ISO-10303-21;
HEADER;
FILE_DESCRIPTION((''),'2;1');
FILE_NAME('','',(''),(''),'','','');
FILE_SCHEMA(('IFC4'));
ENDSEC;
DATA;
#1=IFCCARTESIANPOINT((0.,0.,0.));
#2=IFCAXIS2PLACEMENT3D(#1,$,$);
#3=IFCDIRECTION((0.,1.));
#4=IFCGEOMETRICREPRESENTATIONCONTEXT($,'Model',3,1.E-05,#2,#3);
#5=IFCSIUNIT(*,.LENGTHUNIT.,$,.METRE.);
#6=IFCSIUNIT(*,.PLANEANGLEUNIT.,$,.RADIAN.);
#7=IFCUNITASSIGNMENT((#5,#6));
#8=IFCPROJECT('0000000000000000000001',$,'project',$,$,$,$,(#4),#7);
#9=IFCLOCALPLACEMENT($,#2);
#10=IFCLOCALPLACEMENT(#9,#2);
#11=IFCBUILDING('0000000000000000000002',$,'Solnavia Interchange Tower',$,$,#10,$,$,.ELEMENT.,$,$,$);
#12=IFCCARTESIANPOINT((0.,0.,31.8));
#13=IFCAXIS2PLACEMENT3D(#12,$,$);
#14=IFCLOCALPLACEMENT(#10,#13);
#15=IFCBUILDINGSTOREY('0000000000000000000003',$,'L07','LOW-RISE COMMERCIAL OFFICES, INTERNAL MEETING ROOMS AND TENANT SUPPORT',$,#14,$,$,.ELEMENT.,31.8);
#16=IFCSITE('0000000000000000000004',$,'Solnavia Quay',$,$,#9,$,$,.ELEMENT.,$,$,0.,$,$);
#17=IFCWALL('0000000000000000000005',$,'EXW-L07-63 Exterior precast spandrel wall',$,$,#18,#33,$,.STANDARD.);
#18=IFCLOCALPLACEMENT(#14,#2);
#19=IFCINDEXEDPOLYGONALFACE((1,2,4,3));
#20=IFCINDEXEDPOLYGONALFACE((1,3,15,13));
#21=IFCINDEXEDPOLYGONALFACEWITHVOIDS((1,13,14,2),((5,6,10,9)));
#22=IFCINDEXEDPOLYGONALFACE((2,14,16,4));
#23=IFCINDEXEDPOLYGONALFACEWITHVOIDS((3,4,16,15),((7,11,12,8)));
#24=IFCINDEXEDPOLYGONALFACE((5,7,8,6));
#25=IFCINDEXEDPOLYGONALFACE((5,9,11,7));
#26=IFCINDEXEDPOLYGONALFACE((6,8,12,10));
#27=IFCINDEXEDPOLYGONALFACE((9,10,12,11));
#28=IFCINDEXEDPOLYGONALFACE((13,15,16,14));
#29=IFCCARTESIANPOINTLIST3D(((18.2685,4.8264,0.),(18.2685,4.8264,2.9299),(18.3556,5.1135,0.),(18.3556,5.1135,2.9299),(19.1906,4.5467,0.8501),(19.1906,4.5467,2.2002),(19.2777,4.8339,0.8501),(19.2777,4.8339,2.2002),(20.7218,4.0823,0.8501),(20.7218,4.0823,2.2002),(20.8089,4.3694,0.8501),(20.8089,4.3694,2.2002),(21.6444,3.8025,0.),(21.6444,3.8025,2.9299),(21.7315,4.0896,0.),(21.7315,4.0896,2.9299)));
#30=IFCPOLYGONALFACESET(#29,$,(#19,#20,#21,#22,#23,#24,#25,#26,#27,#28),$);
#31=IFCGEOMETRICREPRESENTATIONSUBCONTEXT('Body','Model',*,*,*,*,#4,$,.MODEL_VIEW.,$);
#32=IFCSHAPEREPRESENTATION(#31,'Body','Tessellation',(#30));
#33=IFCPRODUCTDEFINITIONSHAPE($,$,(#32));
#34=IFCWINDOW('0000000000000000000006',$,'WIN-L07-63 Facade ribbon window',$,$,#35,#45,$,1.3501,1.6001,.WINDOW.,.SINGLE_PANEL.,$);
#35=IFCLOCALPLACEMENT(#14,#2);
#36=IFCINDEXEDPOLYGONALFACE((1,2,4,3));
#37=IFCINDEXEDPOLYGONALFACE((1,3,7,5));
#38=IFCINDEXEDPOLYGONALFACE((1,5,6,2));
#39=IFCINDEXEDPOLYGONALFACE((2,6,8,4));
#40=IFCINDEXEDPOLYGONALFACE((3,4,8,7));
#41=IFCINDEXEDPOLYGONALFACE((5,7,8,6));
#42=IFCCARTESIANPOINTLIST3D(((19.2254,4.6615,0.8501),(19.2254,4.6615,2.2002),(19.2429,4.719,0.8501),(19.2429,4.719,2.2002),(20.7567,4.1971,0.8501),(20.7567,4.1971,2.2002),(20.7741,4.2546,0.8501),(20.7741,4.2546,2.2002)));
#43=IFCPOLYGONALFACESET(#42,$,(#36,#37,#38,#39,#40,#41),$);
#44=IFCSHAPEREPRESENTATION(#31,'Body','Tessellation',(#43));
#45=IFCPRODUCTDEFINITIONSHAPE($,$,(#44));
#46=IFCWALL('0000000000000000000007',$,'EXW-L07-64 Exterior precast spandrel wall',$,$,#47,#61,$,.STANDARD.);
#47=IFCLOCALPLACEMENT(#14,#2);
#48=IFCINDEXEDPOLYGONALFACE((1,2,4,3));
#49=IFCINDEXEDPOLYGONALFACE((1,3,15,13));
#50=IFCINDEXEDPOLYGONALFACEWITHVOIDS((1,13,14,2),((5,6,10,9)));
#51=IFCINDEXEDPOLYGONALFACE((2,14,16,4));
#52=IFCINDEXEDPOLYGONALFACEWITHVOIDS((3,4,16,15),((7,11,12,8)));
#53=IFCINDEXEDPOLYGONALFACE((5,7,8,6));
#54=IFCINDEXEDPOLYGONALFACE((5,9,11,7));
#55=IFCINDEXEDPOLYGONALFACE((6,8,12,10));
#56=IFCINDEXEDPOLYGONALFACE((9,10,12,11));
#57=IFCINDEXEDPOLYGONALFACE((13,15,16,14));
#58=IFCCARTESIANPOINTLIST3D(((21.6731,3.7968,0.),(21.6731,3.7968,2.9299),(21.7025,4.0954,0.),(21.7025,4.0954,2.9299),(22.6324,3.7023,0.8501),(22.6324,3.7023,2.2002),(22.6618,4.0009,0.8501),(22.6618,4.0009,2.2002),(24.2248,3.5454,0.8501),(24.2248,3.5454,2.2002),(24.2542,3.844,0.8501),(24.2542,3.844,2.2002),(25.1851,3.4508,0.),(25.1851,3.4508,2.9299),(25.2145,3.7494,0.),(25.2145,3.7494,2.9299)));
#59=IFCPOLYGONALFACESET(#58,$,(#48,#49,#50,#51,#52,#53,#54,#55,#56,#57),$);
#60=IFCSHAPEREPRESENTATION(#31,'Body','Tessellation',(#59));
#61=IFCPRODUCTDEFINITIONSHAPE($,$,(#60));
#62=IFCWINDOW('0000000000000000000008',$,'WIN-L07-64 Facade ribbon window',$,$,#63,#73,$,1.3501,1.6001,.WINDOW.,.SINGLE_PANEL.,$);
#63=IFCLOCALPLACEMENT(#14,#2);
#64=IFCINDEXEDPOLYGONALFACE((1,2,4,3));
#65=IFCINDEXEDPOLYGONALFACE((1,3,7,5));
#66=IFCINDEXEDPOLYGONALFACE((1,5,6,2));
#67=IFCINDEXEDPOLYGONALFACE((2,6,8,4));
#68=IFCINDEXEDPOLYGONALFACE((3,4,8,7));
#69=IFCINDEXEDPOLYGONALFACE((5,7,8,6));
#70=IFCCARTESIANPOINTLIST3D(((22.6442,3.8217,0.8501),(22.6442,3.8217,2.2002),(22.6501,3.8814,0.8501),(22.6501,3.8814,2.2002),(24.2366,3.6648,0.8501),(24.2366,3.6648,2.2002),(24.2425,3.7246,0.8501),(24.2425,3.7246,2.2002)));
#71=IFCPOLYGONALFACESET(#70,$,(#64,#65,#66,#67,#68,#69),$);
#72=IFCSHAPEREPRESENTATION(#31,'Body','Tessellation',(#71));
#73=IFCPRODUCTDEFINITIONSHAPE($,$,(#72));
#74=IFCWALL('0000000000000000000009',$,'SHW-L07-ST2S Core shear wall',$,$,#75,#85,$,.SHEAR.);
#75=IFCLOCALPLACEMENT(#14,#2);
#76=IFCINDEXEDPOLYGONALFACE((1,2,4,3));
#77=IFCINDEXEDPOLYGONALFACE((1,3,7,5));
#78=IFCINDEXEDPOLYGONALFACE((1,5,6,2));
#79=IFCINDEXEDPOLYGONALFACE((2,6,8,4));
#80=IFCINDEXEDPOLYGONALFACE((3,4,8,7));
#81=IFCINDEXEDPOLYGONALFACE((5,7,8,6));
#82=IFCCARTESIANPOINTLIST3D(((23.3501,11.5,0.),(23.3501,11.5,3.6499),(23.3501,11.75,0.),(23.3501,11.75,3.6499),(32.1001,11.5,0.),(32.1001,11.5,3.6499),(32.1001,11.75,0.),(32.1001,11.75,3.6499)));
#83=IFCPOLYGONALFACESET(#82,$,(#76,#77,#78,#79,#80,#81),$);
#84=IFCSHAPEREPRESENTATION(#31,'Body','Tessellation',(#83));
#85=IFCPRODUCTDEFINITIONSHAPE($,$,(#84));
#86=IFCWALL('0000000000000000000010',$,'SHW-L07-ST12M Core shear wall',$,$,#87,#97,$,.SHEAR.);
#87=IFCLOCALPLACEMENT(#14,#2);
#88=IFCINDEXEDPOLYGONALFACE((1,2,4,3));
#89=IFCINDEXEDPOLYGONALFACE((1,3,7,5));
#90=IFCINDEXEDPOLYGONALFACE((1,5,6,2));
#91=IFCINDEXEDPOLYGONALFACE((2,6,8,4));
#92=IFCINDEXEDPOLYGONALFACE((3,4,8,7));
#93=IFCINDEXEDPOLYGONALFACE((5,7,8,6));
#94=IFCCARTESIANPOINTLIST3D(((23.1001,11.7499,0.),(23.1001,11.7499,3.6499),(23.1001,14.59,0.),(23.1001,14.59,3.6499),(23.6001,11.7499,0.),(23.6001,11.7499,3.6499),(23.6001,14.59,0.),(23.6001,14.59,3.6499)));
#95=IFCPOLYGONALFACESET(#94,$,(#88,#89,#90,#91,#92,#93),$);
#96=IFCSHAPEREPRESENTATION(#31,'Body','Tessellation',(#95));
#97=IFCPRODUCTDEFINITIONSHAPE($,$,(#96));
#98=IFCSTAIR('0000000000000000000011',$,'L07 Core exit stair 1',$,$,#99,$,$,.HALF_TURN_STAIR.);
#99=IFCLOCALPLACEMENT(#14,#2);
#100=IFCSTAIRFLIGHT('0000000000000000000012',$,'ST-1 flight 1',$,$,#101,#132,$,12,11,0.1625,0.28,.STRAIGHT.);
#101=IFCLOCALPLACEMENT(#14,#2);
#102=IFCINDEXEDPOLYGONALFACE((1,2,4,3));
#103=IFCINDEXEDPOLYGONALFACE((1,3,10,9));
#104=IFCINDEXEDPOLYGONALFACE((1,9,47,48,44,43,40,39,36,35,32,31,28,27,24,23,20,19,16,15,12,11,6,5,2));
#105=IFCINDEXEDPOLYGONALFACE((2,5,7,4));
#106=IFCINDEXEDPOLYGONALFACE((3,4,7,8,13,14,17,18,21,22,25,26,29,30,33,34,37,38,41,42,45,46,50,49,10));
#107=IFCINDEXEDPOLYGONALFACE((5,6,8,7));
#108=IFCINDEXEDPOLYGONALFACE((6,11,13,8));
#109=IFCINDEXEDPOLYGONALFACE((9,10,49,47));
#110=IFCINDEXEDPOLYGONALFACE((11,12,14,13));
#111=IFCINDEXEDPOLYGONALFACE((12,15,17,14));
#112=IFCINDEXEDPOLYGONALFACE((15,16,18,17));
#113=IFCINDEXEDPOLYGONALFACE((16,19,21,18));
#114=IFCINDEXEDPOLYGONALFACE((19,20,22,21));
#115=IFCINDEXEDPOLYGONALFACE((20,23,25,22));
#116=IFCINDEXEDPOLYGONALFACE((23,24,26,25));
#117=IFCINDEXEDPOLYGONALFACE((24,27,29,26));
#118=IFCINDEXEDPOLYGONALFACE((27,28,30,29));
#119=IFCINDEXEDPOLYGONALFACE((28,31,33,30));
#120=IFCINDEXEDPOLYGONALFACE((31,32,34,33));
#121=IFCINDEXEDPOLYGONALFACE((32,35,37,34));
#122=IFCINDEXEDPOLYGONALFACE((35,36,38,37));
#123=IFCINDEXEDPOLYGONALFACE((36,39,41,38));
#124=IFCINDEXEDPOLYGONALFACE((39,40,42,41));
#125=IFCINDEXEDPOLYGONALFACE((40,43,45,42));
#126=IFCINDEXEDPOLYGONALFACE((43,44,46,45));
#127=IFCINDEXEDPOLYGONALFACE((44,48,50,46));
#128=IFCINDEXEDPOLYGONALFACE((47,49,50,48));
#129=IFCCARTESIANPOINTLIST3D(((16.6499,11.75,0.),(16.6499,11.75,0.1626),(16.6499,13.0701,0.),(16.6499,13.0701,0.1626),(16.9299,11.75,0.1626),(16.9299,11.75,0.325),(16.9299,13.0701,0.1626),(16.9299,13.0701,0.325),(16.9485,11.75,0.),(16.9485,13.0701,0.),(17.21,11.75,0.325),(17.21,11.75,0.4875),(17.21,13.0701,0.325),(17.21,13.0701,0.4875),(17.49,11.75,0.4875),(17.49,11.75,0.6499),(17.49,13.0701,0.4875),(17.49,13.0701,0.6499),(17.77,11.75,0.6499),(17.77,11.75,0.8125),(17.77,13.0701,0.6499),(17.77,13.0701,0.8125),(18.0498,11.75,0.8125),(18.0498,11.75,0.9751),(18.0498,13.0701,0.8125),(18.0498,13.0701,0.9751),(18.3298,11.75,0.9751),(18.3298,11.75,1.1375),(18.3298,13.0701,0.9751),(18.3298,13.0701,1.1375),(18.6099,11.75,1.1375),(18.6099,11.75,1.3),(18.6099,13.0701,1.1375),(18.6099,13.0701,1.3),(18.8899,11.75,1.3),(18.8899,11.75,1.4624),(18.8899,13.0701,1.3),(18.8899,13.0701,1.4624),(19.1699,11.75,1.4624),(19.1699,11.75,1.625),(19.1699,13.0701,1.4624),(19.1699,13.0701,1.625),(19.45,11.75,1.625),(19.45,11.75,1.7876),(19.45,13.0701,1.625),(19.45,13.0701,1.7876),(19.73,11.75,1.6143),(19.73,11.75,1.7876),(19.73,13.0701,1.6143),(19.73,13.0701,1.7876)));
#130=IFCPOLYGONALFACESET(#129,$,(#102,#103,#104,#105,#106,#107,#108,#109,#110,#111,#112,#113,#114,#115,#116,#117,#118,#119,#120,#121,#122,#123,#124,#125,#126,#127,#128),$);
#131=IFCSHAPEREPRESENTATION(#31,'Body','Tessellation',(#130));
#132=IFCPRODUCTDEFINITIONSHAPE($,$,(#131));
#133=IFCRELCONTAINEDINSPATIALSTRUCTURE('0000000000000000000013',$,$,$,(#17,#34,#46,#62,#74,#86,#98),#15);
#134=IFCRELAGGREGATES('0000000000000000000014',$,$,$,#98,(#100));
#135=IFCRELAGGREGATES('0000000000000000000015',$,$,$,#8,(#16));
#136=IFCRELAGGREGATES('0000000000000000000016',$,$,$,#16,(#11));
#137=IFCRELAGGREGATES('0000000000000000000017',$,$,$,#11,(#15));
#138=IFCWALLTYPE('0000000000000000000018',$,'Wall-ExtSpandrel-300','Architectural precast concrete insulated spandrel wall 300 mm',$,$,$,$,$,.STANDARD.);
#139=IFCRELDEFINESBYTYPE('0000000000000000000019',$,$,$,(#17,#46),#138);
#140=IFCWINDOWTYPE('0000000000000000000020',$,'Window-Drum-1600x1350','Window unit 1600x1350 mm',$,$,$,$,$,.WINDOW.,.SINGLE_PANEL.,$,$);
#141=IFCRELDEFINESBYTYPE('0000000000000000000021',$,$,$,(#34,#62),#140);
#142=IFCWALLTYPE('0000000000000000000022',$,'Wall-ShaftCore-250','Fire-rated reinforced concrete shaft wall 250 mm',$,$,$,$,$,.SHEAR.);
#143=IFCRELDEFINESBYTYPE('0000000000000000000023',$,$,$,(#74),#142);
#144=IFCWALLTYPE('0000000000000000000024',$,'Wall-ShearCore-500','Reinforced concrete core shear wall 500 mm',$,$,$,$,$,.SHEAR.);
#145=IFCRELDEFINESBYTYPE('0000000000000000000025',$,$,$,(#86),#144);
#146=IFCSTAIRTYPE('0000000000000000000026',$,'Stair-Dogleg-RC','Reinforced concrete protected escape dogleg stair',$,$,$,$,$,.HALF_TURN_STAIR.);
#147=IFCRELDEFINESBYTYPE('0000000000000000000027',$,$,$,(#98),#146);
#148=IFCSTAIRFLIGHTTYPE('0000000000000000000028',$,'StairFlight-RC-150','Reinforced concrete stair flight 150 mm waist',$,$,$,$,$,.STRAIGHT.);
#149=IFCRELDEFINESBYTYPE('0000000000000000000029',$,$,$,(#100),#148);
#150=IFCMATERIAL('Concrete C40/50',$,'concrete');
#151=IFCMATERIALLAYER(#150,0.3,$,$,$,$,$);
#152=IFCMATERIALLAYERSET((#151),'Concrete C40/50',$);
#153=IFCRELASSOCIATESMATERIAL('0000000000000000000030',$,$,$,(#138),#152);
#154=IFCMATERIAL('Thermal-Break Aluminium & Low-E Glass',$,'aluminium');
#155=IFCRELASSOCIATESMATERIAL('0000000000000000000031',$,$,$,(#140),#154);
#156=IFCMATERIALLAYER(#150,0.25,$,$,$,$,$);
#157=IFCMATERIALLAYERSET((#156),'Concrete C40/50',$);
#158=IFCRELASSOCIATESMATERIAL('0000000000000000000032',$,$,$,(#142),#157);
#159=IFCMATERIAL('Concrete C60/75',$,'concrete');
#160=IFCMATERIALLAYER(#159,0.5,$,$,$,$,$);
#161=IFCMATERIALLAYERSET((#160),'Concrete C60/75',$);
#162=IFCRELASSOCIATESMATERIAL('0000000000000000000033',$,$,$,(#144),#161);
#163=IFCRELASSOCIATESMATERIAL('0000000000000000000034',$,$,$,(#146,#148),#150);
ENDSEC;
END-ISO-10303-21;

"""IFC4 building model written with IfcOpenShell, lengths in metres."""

from ifc_helpers import new_model, si_unit, direction, frame, frame_2d, origin, place, context, subcontext, project, spatial, polyline, rectangle, outline, extrude, material, layer, layer_set, type_object, element, fill, aggregate, save


model = new_model("IFC4")

# Units and contexts
model_context = context("Model", 3, precision=1e-05, world=origin(), true_north=direction((0.0, 1.0)))
body_context = subcontext(model_context, "Body", "Model", "MODEL_VIEW")
ifc_project = project(units=[si_unit("LENGTHUNIT", "METRE"), si_unit("PLANEANGLEUNIT", "RADIAN")], contexts=[model_context])

# Site, building, storey
site_placement = place(None, origin())
site = spatial("IfcSite", under=ifc_project, at=site_placement, Name="Solnavia Quay", CompositionType="ELEMENT", RefElevation=0.0)
building_placement = place(site_placement, origin())
building = spatial("IfcBuilding", under=site, at=building_placement, Name="Solnavia Interchange Tower", CompositionType="ELEMENT")
storey_placement = place(building_placement, frame((0.0, 0.0, 31.8)))
storey = spatial("IfcBuildingStorey", under=building, at=storey_placement, Name="L07", Description="LOW-RISE COMMERCIAL OFFICES, INTERNAL MEETING ROOMS AND TENANT SUPPORT", CompositionType="ELEMENT", Elevation=31.8)

# Shared definitions
ifc_material_1 = material(Name="Concrete C60/75", Category="concrete")

# Walls, openings, windows
ifc_material_2 = material(Name="Concrete C40/50", Category="concrete")
ifc_layer_1 = layer(ifc_material_2, 0.3)
ifc_layer_set_1 = layer_set([ifc_layer_1], Name="Concrete C40/50")
wall_type_1 = type_object("IfcWallType", Name="Wall-ExtSpandrel-300", Description="Architectural precast concrete insulated spandrel wall 300 mm", PredefinedType="STANDARD", material=ifc_layer_set_1)
ifc_material_3 = material(Name="Thermal-Break Aluminium & Low-E Glass", Category="aluminium")
window_type = type_object("IfcWindowType", Name="Window-Drum-1600x1350", Description="Window unit 1600x1350 mm", PartitioningType="SINGLE_PANEL", PredefinedType="WINDOW", material=ifc_material_3)
wall_1_placement = place(storey_placement, frame((21.688, 3.946, 0.0), z_axis=(0.0, 0.0, 1.0), x_axis=(-0.956953, 0.290242, 0.0)))
wall_1 = element("IfcWall", 1, at=wall_1_placement, inside=storey, type_object=wall_type_1, Name="EXW-L07-63 Exterior precast spandrel wall", PredefinedType="STANDARD", context=body_context, shape_type="SweptSolid", body=[
    extrude(rectangle(XDim=3.5278, YDim=0.3, at=frame_2d((1.7639, 0.0))), origin(), (0.0, 0.0, 1.0), 2.9299),
])
opening_1_placement = place(wall_1_placement, frame((0.9641, 0.0, 0.8501)))
opening_1 = element("IfcOpeningElement", 2, at=opening_1_placement, cuts=wall_1, PredefinedType="OPENING", context=body_context, shape_type="SweptSolid", body=[
    extrude(rectangle(XDim=1.6001, YDim=1.3501, at=frame_2d((0.8, 0.675))), frame((0.0, 0.1602, 0.0), z_axis=(0.0, -1.0, 0.0), x_axis=(1.0, 0.0, 0.0)), (0.0, 0.0, 1.0), 0.3201),
])
window_1_placement = place(opening_1_placement, origin())
window_1 = element("IfcWindow", 3, at=window_1_placement, inside=storey, type_object=window_type, Name="WIN-L07-63 Facade ribbon window", OverallHeight=1.3501, OverallWidth=1.6001, PartitioningType="SINGLE_PANEL", PredefinedType="WINDOW", context=body_context, shape_type="SweptSolid", body=[
    extrude(rectangle(XDim=1.6001, YDim=1.3501, at=frame_2d((0.8, 0.675))), frame((0.0, 0.03, 0.0), z_axis=(0.0, -1.0, 0.0), x_axis=(1.0, 0.0, 0.0)), (0.0, 0.0, 1.0), 0.0601),
])
fill(opening_1, window_1)
wall_2_placement = place(storey_placement, frame((25.2, 3.6001, 0.0), z_axis=(0.0, 0.0, 1.0), x_axis=(-0.995183, 0.098031, 0.0)))
wall_2 = element("IfcWall", 4, at=wall_2_placement, inside=storey, type_object=wall_type_1, Name="EXW-L07-64 Exterior precast spandrel wall", PredefinedType="STANDARD", context=body_context, shape_type="SweptSolid", body=[
    extrude(rectangle(XDim=3.5291, YDim=0.3, at=frame_2d((1.7646, 0.0))), origin(), (0.0, 0.0, 1.0), 2.9299),
])
opening_2_placement = place(wall_2_placement, frame((0.9651, 0.0, 0.8501)))
opening_2 = element("IfcOpeningElement", 5, at=opening_2_placement, cuts=wall_2, PredefinedType="OPENING", context=body_context, shape_type="SweptSolid", body=[
    extrude(rectangle(XDim=1.6001, YDim=1.3501, at=frame_2d((0.8, 0.675))), frame((0.0, 0.1602, 0.0), z_axis=(0.0, -1.0, 0.0), x_axis=(1.0, 0.0, 0.0)), (0.0, 0.0, 1.0), 0.3201),
])
window_2_placement = place(opening_2_placement, origin())
window_2 = element("IfcWindow", 6, at=window_2_placement, inside=storey, type_object=window_type, Name="WIN-L07-64 Facade ribbon window", OverallHeight=1.3501, OverallWidth=1.6001, PartitioningType="SINGLE_PANEL", PredefinedType="WINDOW", context=body_context, shape_type="SweptSolid", body=[
    extrude(rectangle(XDim=1.6001, YDim=1.3501, at=frame_2d((0.8, 0.675))), frame((0.0, 0.03, 0.0), z_axis=(0.0, -1.0, 0.0), x_axis=(1.0, 0.0, 0.0)), (0.0, 0.0, 1.0), 0.0601),
])
fill(opening_2, window_2)

# Walls
ifc_layer_2 = layer(ifc_material_2, 0.25)
ifc_layer_set_2 = layer_set([ifc_layer_2], Name="Concrete C40/50")
wall_type_2 = type_object("IfcWallType", Name="Wall-ShaftCore-250", Description="Fire-rated reinforced concrete shaft wall 250 mm", PredefinedType="SHEAR", material=ifc_layer_set_2)
wall_3_placement = place(storey_placement, frame((23.3501, 11.625, 0.0), z_axis=(0.0, 0.0, 1.0), x_axis=(1.0, 0.0, 0.0)))
element("IfcWall", 7, at=wall_3_placement, inside=storey, type_object=wall_type_2, Name="SHW-L07-ST2S Core shear wall", PredefinedType="SHEAR", context=body_context, shape_type="SweptSolid", body=[
    extrude(rectangle(XDim=8.75, YDim=0.25, at=frame_2d((4.375, 0.0))), origin(), (0.0, 0.0, 1.0), 3.6499),
])
ifc_layer_3 = layer(ifc_material_1, 0.5)
ifc_layer_set_3 = layer_set([ifc_layer_3], Name="Concrete C60/75")
wall_type_3 = type_object("IfcWallType", Name="Wall-ShearCore-500", Description="Reinforced concrete core shear wall 500 mm", PredefinedType="SHEAR", material=ifc_layer_set_3)
wall_4_placement = place(storey_placement, frame((23.3501, 11.75, 0.0), z_axis=(0.0, 0.0, 1.0), x_axis=(0.0, 1.0, 0.0)))
element("IfcWall", 8, at=wall_4_placement, inside=storey, type_object=wall_type_3, Name="SHW-L07-ST12M Core shear wall", PredefinedType="SHEAR", context=body_context, shape_type="SweptSolid", body=[
    extrude(rectangle(XDim=2.8401, YDim=0.5, at=frame_2d((1.4199, 0.0))), origin(), (0.0, 0.0, 1.0), 3.6499),
])

# Stair, stair flight
stair_type = type_object("IfcStairType", Name="Stair-Dogleg-RC", Description="Reinforced concrete protected escape dogleg stair", PredefinedType="HALF_TURN_STAIR", material=ifc_material_2)
stair_placement = place(storey_placement, origin())
stair = element("IfcStair", 9, at=stair_placement, inside=storey, type_object=stair_type, Name="L07 Core exit stair 1", PredefinedType="HALF_TURN_STAIR")
stair_flight_type = type_object("IfcStairFlightType", Name="StairFlight-RC-150", Description="Reinforced concrete stair flight 150 mm waist", PredefinedType="STRAIGHT", material=ifc_material_2)
stair_flight_placement = place(storey_placement, frame((16.6499, 12.4099, 0.0), z_axis=(0.0, 0.0, 1.0), x_axis=(1.0, 0.0, 0.0)))
stair_flight = element("IfcStairFlight", 10, at=stair_flight_placement, type_object=stair_flight_type, Name="ST-1 flight 1", NumberOfRisers=12, NumberOfTreads=11, PredefinedType="STRAIGHT", RiserHeight=0.1625, TreadLength=0.28, context=body_context, shape_type="SweptSolid", body=[
    extrude(outline(polyline([(0.0, 0.0), (0.0, 0.1626), (0.28, 0.1626), (0.28, 0.325), (0.5601, 0.325), (0.5601, 0.4875), (0.8401, 0.4875), (0.8401, 0.6499), (1.1201, 0.6499), (1.1201, 0.8125), (1.3999, 0.8125), (1.3999, 0.9751), (1.6799, 0.9751), (1.6799, 1.1375), (1.96, 1.1375), (1.96, 1.3), (2.24, 1.3), (2.24, 1.4624), (2.52, 1.4624), (2.52, 1.625), (2.8, 1.625), (2.8, 1.7876), (3.0801, 1.7876), (3.0801, 1.95), (3.0801, 1.6143), (0.2986, 0.0), (0.0, 0.0)])), frame((0.0, 0.6602, 0.0), z_axis=(0.0, -1.0, 0.0), x_axis=(1.0, 0.0, 0.0)), (0.0, 0.0, 1.0), 1.3201),
])
aggregate(stair, [stair_flight])

save(model, "model.ifc")
